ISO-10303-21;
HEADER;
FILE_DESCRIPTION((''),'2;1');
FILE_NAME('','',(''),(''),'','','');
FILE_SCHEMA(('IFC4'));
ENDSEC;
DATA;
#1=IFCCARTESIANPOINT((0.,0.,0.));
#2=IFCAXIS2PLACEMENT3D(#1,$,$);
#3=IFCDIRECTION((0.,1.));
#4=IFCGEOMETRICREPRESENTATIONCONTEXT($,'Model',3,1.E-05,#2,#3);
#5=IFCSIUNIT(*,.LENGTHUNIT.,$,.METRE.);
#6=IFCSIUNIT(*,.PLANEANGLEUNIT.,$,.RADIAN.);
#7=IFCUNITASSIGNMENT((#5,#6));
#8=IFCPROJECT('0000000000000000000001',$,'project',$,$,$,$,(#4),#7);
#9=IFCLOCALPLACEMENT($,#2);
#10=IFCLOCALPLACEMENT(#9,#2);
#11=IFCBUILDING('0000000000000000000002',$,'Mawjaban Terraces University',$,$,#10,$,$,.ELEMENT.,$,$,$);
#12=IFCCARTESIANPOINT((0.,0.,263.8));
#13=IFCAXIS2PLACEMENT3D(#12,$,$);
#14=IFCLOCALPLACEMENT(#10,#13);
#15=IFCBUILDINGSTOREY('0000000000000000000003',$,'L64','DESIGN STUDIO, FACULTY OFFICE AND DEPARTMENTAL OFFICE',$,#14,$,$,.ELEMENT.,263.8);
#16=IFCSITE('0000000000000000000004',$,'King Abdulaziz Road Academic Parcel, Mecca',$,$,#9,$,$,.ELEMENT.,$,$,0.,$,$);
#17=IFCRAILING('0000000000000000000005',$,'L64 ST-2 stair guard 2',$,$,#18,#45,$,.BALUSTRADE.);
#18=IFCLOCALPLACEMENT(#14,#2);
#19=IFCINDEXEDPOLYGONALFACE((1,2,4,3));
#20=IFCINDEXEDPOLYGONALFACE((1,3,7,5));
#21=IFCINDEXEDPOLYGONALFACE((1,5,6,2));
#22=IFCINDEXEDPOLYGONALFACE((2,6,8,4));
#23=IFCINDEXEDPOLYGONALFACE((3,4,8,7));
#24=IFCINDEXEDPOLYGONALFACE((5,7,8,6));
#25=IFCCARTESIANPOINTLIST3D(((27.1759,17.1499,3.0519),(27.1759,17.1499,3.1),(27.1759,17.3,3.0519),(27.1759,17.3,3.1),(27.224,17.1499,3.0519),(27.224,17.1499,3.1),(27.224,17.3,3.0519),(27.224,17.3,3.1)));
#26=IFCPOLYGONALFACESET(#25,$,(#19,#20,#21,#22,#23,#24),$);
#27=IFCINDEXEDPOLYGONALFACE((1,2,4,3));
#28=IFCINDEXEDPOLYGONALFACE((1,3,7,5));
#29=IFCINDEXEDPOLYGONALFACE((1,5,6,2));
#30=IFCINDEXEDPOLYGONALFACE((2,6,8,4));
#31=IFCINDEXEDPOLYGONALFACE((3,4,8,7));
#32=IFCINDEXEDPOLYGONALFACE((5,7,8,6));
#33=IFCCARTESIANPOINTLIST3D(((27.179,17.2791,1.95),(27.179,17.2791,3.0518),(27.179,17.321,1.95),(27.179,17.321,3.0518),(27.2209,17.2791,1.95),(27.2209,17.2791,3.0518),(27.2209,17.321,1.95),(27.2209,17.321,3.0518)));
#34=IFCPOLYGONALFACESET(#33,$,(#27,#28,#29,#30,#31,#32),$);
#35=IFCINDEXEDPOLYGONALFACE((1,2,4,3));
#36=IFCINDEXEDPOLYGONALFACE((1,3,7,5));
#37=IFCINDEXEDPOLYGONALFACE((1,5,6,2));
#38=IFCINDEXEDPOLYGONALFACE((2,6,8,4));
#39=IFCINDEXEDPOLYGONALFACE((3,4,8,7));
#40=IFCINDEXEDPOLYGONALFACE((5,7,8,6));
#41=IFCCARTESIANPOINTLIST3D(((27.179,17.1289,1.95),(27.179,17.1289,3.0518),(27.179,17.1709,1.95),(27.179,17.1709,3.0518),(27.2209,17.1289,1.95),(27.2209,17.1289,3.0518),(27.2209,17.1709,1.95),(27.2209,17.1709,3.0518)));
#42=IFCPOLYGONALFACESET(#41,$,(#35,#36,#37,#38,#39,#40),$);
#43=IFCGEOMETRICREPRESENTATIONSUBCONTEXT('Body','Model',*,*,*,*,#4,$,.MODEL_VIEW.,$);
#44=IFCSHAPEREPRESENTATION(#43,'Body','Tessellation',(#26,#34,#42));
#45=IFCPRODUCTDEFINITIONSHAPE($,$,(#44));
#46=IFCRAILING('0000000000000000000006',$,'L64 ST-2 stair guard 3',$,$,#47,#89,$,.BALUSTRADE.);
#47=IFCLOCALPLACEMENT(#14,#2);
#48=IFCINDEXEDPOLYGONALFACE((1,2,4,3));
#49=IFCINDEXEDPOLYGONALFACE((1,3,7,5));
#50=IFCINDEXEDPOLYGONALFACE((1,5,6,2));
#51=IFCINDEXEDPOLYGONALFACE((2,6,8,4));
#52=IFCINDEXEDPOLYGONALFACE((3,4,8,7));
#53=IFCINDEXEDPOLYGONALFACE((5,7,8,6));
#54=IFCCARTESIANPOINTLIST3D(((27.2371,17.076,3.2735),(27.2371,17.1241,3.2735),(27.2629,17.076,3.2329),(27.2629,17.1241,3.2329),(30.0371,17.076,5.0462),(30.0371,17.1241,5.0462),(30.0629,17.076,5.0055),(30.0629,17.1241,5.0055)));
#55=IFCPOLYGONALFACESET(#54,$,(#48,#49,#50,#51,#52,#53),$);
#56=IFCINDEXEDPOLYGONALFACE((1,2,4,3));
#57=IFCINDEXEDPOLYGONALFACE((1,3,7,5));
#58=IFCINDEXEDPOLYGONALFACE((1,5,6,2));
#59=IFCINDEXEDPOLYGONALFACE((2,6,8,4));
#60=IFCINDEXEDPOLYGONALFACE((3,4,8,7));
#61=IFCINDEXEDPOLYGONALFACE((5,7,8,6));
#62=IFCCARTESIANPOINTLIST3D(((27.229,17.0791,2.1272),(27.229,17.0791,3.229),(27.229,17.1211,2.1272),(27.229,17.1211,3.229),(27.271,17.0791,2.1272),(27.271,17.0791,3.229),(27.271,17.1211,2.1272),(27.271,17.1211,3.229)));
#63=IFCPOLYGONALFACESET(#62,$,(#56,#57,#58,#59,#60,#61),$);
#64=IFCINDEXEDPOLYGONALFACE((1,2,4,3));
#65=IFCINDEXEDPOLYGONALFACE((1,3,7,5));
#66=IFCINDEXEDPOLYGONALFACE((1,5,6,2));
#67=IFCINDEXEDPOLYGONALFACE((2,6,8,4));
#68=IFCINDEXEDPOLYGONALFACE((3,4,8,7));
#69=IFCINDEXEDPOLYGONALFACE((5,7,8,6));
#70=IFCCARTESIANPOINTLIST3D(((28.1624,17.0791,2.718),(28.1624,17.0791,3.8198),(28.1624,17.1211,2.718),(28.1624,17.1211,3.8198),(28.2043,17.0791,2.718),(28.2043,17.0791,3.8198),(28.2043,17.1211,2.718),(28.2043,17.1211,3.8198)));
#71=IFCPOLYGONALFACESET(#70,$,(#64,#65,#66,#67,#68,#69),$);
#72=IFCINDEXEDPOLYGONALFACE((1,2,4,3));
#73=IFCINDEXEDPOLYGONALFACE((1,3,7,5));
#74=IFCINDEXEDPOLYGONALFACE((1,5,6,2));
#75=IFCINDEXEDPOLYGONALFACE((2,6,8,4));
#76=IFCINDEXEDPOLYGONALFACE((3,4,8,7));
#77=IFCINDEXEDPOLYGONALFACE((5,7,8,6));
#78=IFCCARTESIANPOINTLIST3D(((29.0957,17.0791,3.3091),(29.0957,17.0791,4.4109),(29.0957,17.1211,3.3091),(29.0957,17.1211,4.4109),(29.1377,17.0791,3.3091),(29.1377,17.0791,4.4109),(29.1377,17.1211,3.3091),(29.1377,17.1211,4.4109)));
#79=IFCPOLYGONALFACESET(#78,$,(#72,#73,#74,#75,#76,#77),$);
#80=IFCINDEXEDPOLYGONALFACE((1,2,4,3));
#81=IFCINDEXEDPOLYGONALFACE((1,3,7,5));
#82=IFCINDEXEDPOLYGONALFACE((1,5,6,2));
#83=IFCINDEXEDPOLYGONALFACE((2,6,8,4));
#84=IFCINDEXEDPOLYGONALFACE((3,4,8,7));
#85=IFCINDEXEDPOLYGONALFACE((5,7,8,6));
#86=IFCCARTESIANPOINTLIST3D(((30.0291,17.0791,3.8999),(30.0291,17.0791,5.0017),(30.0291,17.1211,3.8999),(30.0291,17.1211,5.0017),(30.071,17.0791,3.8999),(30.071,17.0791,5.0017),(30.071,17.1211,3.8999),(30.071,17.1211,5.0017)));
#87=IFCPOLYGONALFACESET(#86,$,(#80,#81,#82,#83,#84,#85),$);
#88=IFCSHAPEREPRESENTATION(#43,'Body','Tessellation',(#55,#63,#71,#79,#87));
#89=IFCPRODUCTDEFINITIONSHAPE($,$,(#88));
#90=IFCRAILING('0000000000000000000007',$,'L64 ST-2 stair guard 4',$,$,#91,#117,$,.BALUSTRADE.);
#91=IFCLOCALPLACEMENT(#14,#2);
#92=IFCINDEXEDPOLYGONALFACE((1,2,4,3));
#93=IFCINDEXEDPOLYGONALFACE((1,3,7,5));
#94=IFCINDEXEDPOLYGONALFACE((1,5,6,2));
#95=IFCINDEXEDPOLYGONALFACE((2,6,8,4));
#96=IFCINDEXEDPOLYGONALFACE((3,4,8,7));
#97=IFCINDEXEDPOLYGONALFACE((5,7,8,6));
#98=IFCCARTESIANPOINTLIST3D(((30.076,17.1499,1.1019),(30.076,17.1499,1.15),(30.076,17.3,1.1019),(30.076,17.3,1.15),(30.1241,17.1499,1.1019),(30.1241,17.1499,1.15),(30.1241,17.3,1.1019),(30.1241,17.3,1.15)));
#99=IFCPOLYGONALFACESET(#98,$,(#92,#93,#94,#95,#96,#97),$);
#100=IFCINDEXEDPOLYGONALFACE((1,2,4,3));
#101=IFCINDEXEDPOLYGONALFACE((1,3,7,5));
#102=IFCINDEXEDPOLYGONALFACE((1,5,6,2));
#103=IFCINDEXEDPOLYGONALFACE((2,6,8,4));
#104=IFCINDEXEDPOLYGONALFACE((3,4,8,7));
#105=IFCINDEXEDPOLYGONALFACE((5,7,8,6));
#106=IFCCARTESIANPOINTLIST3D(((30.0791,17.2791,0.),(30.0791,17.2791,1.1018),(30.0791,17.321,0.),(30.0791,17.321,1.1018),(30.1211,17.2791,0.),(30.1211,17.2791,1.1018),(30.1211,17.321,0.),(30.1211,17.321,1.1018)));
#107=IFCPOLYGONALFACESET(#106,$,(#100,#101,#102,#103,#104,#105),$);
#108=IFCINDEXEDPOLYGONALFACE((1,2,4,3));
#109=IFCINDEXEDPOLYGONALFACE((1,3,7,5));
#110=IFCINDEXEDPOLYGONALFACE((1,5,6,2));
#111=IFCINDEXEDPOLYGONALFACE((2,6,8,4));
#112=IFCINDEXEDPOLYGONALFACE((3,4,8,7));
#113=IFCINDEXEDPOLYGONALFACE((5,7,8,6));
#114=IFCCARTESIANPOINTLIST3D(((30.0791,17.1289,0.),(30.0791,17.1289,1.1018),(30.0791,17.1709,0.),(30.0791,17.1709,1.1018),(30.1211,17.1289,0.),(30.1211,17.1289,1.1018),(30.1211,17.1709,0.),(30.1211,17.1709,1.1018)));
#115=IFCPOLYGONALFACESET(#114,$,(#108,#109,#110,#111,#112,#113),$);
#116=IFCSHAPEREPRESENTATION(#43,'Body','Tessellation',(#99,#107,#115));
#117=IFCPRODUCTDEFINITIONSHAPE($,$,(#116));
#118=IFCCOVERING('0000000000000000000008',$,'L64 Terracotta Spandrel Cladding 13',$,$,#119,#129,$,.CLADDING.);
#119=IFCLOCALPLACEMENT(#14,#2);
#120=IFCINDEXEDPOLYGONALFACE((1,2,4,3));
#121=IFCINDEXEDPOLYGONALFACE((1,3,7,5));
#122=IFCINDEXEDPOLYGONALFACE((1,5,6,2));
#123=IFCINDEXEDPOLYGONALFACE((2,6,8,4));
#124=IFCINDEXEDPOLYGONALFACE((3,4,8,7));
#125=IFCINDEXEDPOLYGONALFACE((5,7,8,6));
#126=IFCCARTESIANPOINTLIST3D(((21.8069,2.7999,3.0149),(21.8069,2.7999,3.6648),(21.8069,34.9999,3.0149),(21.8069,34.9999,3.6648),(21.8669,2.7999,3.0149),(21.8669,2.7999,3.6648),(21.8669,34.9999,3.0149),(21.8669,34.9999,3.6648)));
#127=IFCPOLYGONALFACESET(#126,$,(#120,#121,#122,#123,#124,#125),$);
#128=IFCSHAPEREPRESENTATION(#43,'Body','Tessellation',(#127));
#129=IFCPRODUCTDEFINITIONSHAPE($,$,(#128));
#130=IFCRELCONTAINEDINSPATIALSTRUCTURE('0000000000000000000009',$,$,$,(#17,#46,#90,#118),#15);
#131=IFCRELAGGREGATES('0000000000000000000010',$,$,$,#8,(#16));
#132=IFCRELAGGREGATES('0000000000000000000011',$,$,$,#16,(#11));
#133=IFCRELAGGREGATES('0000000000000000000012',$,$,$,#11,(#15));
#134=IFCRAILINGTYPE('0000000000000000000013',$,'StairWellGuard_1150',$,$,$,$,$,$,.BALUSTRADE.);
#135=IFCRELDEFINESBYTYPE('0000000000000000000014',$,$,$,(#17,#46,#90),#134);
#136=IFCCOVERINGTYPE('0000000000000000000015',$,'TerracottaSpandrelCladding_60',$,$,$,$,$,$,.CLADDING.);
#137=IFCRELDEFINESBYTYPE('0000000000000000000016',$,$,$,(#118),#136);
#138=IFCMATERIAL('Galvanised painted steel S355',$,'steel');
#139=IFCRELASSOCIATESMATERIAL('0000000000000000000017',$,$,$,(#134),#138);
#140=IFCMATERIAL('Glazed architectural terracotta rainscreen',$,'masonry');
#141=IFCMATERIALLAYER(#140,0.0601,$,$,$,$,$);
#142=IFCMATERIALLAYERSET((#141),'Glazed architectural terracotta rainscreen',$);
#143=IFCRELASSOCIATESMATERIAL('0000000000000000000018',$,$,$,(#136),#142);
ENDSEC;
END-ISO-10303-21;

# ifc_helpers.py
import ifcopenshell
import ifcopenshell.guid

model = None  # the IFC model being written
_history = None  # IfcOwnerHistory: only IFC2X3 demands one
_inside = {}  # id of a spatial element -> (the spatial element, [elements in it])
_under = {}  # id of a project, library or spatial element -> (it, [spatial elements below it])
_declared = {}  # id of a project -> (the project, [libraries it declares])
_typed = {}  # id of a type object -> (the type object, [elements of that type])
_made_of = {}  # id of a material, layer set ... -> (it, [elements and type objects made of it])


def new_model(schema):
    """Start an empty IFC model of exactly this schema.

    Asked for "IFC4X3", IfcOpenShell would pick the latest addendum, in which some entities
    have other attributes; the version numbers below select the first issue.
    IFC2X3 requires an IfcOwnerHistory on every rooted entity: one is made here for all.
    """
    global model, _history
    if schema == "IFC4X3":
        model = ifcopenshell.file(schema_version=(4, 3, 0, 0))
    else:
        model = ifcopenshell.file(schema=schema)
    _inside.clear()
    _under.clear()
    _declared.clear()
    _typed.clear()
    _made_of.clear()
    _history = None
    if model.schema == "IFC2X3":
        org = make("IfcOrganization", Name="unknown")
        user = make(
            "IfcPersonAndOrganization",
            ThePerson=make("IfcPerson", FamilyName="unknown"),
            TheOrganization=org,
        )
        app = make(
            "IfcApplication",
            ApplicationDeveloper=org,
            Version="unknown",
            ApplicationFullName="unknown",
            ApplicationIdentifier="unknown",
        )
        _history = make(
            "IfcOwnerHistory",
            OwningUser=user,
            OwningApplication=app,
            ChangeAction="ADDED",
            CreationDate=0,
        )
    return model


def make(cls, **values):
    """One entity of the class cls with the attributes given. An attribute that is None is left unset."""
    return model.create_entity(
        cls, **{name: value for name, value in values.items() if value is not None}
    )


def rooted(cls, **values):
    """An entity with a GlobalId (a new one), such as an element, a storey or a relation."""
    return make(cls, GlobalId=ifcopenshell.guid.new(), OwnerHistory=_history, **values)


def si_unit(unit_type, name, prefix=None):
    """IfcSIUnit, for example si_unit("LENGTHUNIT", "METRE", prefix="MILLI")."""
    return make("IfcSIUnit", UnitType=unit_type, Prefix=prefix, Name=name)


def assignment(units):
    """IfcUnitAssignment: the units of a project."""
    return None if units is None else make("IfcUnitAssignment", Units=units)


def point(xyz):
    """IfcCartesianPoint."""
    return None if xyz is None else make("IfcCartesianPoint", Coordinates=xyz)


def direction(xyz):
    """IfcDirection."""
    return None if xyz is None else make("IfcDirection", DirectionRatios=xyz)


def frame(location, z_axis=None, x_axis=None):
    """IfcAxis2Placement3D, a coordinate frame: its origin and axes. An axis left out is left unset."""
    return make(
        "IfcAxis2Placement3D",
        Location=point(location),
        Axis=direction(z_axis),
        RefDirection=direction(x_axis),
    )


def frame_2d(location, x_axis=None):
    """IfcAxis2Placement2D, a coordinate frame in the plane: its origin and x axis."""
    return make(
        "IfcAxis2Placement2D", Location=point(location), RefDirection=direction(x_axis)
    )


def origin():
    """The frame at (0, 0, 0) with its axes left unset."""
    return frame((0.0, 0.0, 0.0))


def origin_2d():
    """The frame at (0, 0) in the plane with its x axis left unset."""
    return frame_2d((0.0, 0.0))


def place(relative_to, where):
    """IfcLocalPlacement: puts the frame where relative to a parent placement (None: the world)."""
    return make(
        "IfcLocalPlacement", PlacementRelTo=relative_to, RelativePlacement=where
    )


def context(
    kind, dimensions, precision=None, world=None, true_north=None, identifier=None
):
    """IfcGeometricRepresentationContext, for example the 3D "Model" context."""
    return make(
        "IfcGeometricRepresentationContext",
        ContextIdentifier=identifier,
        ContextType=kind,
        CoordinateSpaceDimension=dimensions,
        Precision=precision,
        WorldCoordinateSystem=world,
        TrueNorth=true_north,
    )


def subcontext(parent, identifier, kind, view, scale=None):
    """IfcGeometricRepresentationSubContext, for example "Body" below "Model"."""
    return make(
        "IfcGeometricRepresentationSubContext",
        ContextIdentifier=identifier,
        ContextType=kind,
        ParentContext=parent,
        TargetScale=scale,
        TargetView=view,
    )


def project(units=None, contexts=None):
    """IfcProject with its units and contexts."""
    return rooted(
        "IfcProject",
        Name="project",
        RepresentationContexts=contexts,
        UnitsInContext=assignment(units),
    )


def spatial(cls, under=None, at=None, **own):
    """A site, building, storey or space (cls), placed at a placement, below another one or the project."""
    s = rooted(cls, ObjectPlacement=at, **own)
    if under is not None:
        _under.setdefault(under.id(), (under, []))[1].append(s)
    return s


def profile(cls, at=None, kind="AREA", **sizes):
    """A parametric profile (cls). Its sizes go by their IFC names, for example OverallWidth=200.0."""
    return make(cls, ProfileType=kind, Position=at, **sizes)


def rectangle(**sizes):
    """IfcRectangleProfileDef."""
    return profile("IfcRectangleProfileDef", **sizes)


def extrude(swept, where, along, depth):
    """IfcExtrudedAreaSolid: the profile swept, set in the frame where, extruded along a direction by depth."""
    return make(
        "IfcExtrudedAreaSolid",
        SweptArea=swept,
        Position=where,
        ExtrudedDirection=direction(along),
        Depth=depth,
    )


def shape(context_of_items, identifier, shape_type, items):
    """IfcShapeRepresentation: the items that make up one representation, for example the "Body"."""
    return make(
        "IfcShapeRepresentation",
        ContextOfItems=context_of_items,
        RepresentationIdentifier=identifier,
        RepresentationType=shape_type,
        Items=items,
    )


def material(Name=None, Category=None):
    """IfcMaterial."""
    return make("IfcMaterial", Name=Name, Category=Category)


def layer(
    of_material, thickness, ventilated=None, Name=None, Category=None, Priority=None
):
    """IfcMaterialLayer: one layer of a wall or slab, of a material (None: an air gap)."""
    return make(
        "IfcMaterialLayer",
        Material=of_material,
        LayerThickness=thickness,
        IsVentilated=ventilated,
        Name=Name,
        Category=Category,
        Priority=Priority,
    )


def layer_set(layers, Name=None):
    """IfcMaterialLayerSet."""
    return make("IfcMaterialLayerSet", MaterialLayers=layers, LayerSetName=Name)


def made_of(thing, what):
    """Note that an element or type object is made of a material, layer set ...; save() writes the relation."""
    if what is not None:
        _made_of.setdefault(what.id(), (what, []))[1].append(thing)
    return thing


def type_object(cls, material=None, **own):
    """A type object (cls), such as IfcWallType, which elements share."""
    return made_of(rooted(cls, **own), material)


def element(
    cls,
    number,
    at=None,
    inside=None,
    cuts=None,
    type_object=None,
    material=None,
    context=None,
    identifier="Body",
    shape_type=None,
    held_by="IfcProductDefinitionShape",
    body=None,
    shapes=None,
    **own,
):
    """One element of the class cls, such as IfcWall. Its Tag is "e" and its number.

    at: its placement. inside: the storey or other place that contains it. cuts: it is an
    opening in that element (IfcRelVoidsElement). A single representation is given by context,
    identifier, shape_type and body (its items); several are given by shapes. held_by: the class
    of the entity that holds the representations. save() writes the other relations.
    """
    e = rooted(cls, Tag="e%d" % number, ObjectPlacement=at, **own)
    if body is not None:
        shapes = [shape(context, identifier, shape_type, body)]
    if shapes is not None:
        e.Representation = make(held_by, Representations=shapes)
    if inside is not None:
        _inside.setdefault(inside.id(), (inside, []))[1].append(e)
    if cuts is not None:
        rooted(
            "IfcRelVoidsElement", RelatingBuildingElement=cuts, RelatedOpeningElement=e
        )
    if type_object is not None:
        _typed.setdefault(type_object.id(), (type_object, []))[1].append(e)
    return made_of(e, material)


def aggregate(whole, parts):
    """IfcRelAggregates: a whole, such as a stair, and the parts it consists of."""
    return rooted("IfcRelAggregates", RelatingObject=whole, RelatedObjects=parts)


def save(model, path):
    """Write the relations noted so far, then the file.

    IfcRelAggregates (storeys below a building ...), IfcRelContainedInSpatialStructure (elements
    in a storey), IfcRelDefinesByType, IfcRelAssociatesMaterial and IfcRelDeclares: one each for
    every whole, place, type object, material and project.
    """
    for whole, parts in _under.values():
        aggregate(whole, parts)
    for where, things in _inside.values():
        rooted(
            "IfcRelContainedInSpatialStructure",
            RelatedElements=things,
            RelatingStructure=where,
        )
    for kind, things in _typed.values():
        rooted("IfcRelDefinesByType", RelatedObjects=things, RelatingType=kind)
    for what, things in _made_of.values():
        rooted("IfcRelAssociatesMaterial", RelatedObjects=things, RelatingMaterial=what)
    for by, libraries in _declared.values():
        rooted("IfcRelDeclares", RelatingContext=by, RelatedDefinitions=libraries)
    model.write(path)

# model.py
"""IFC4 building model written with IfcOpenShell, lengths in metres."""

from ifc_helpers import new_model, si_unit, direction, frame, origin, origin_2d, place, context, subcontext, project, spatial, rectangle, extrude, material, layer, layer_set, type_object, element, save


model = new_model("IFC4")

# Units and contexts
model_context = context("Model", 3, precision=1e-05, world=origin(), true_north=direction((0.0, 1.0)))
body_context = subcontext(model_context, "Body", "Model", "MODEL_VIEW")
ifc_project = project(units=[si_unit("LENGTHUNIT", "METRE"), si_unit("PLANEANGLEUNIT", "RADIAN")], contexts=[model_context])

# Site, building, storey
site_placement = place(None, origin())
site = spatial("IfcSite", under=ifc_project, at=site_placement, Name="King Abdulaziz Road Academic Parcel, Mecca", CompositionType="ELEMENT", RefElevation=0.0)
building_placement = place(site_placement, origin())
building = spatial("IfcBuilding", under=site, at=building_placement, Name="Mawjaban Terraces University", CompositionType="ELEMENT")
storey_placement = place(building_placement, frame((0.0, 0.0, 263.8)))
storey = spatial("IfcBuildingStorey", under=building, at=storey_placement, Name="L64", Description="DESIGN STUDIO, FACULTY OFFICE AND DEPARTMENTAL OFFICE", CompositionType="ELEMENT", Elevation=263.8)

# Railings
ifc_material_1 = material(Name="Galvanised painted steel S355", Category="steel")
railing_type_1 = type_object("IfcRailingType", Name="StairWellGuard_1150", PredefinedType="BALUSTRADE", material=ifc_material_1)
railing_1_placement = place(storey_placement, frame((27.2, 17.3, 1.95)))
element("IfcRailing", 1, at=railing_1_placement, inside=storey, type_object=railing_type_1, Name="L64 ST-2 stair guard 2", PredefinedType="BALUSTRADE", context=body_context, shape_type="SweptSolid", body=[
    extrude(rectangle(XDim=0.0481, YDim=0.0481, at=origin_2d()), frame((0.0, 0.0, 1.126), z_axis=(0.0, -1.0, 0.0), x_axis=(1.0, 0.0, 0.0)), (0.0, 0.0, 1.0), 0.1501),
    extrude(rectangle(XDim=0.042, YDim=0.042, at=origin_2d()), origin(), (0.0, 0.0, 1.0), 1.1018),
    extrude(rectangle(XDim=0.042, YDim=0.042, at=origin_2d()), frame((0.0, -0.1501, 0.0)), (0.0, 0.0, 1.0), 1.1018),
])
railing_2_placement = place(storey_placement, frame((27.25, 17.1001, 2.1272)))
element("IfcRailing", 2, at=railing_2_placement, inside=storey, type_object=railing_type_1, Name="L64 ST-2 stair guard 3", PredefinedType="BALUSTRADE", context=body_context, shape_type="SweptSolid", body=[
    extrude(rectangle(XDim=0.0481, YDim=0.0481, at=origin_2d()), frame((0.0, 0.0, 1.126), z_axis=(0.844909, 0.0, 0.53491), x_axis=(0.0, 1.0, 0.0)), (0.0, 0.0, 1.0), 3.314),
    extrude(rectangle(XDim=0.042, YDim=0.042, at=origin_2d()), origin(), (0.0, 0.0, 1.0), 1.1018),
    extrude(rectangle(XDim=0.042, YDim=0.042, at=origin_2d()), frame((0.9333, 0.0, 0.5908)), (0.0, 0.0, 1.0), 1.1018),
    extrude(rectangle(XDim=0.042, YDim=0.042, at=origin_2d()), frame((1.8667, 0.0, 1.1819)), (0.0, 0.0, 1.0), 1.1018),
    extrude(rectangle(XDim=0.042, YDim=0.042, at=origin_2d()), frame((2.8, 0.0, 1.7727)), (0.0, 0.0, 1.0), 1.1018),
])
railing_3_placement = place(storey_placement, frame((30.1001, 17.3, 0.0)))
element("IfcRailing", 3, at=railing_3_placement, inside=storey, type_object=railing_type_1, Name="L64 ST-2 stair guard 4", PredefinedType="BALUSTRADE", context=body_context, shape_type="SweptSolid", body=[
    extrude(rectangle(XDim=0.0481, YDim=0.0481, at=origin_2d()), frame((0.0, 0.0, 1.126), z_axis=(0.0, -1.0, 0.0), x_axis=(1.0, 0.0, 0.0)), (0.0, 0.0, 1.0), 0.1501),
    extrude(rectangle(XDim=0.042, YDim=0.042, at=origin_2d()), origin(), (0.0, 0.0, 1.0), 1.1018),
    extrude(rectangle(XDim=0.042, YDim=0.042, at=origin_2d()), frame((0.0, -0.1501, 0.0)), (0.0, 0.0, 1.0), 1.1018),
])

# Covering
ifc_material_2 = material(Name="Glazed architectural terracotta rainscreen", Category="masonry")
ifc_layer_1 = layer(ifc_material_2, 0.0601)
ifc_layer_set_1 = layer_set([ifc_layer_1], Name="Glazed architectural terracotta rainscreen")
covering_type = type_object("IfcCoveringType", Name="TerracottaSpandrelCladding_60", PredefinedType="CLADDING", material=ifc_layer_set_1)
covering_placement = place(storey_placement, frame((21.8369, 18.8999, 3.0149), z_axis=(0.0, 0.0, 1.0), x_axis=(0.0, -1.0, 0.0)))
element("IfcCovering", 4, at=covering_placement, inside=storey, type_object=covering_type, Name="L64 Terracotta Spandrel Cladding 13", PredefinedType="CLADDING", context=body_context, shape_type="SweptSolid", body=[
    extrude(rectangle(XDim=32.2, YDim=0.0601, at=origin_2d()), origin(), (0.0, 0.0, 1.0), 0.6499),
])

save(model, "model.ifc")
